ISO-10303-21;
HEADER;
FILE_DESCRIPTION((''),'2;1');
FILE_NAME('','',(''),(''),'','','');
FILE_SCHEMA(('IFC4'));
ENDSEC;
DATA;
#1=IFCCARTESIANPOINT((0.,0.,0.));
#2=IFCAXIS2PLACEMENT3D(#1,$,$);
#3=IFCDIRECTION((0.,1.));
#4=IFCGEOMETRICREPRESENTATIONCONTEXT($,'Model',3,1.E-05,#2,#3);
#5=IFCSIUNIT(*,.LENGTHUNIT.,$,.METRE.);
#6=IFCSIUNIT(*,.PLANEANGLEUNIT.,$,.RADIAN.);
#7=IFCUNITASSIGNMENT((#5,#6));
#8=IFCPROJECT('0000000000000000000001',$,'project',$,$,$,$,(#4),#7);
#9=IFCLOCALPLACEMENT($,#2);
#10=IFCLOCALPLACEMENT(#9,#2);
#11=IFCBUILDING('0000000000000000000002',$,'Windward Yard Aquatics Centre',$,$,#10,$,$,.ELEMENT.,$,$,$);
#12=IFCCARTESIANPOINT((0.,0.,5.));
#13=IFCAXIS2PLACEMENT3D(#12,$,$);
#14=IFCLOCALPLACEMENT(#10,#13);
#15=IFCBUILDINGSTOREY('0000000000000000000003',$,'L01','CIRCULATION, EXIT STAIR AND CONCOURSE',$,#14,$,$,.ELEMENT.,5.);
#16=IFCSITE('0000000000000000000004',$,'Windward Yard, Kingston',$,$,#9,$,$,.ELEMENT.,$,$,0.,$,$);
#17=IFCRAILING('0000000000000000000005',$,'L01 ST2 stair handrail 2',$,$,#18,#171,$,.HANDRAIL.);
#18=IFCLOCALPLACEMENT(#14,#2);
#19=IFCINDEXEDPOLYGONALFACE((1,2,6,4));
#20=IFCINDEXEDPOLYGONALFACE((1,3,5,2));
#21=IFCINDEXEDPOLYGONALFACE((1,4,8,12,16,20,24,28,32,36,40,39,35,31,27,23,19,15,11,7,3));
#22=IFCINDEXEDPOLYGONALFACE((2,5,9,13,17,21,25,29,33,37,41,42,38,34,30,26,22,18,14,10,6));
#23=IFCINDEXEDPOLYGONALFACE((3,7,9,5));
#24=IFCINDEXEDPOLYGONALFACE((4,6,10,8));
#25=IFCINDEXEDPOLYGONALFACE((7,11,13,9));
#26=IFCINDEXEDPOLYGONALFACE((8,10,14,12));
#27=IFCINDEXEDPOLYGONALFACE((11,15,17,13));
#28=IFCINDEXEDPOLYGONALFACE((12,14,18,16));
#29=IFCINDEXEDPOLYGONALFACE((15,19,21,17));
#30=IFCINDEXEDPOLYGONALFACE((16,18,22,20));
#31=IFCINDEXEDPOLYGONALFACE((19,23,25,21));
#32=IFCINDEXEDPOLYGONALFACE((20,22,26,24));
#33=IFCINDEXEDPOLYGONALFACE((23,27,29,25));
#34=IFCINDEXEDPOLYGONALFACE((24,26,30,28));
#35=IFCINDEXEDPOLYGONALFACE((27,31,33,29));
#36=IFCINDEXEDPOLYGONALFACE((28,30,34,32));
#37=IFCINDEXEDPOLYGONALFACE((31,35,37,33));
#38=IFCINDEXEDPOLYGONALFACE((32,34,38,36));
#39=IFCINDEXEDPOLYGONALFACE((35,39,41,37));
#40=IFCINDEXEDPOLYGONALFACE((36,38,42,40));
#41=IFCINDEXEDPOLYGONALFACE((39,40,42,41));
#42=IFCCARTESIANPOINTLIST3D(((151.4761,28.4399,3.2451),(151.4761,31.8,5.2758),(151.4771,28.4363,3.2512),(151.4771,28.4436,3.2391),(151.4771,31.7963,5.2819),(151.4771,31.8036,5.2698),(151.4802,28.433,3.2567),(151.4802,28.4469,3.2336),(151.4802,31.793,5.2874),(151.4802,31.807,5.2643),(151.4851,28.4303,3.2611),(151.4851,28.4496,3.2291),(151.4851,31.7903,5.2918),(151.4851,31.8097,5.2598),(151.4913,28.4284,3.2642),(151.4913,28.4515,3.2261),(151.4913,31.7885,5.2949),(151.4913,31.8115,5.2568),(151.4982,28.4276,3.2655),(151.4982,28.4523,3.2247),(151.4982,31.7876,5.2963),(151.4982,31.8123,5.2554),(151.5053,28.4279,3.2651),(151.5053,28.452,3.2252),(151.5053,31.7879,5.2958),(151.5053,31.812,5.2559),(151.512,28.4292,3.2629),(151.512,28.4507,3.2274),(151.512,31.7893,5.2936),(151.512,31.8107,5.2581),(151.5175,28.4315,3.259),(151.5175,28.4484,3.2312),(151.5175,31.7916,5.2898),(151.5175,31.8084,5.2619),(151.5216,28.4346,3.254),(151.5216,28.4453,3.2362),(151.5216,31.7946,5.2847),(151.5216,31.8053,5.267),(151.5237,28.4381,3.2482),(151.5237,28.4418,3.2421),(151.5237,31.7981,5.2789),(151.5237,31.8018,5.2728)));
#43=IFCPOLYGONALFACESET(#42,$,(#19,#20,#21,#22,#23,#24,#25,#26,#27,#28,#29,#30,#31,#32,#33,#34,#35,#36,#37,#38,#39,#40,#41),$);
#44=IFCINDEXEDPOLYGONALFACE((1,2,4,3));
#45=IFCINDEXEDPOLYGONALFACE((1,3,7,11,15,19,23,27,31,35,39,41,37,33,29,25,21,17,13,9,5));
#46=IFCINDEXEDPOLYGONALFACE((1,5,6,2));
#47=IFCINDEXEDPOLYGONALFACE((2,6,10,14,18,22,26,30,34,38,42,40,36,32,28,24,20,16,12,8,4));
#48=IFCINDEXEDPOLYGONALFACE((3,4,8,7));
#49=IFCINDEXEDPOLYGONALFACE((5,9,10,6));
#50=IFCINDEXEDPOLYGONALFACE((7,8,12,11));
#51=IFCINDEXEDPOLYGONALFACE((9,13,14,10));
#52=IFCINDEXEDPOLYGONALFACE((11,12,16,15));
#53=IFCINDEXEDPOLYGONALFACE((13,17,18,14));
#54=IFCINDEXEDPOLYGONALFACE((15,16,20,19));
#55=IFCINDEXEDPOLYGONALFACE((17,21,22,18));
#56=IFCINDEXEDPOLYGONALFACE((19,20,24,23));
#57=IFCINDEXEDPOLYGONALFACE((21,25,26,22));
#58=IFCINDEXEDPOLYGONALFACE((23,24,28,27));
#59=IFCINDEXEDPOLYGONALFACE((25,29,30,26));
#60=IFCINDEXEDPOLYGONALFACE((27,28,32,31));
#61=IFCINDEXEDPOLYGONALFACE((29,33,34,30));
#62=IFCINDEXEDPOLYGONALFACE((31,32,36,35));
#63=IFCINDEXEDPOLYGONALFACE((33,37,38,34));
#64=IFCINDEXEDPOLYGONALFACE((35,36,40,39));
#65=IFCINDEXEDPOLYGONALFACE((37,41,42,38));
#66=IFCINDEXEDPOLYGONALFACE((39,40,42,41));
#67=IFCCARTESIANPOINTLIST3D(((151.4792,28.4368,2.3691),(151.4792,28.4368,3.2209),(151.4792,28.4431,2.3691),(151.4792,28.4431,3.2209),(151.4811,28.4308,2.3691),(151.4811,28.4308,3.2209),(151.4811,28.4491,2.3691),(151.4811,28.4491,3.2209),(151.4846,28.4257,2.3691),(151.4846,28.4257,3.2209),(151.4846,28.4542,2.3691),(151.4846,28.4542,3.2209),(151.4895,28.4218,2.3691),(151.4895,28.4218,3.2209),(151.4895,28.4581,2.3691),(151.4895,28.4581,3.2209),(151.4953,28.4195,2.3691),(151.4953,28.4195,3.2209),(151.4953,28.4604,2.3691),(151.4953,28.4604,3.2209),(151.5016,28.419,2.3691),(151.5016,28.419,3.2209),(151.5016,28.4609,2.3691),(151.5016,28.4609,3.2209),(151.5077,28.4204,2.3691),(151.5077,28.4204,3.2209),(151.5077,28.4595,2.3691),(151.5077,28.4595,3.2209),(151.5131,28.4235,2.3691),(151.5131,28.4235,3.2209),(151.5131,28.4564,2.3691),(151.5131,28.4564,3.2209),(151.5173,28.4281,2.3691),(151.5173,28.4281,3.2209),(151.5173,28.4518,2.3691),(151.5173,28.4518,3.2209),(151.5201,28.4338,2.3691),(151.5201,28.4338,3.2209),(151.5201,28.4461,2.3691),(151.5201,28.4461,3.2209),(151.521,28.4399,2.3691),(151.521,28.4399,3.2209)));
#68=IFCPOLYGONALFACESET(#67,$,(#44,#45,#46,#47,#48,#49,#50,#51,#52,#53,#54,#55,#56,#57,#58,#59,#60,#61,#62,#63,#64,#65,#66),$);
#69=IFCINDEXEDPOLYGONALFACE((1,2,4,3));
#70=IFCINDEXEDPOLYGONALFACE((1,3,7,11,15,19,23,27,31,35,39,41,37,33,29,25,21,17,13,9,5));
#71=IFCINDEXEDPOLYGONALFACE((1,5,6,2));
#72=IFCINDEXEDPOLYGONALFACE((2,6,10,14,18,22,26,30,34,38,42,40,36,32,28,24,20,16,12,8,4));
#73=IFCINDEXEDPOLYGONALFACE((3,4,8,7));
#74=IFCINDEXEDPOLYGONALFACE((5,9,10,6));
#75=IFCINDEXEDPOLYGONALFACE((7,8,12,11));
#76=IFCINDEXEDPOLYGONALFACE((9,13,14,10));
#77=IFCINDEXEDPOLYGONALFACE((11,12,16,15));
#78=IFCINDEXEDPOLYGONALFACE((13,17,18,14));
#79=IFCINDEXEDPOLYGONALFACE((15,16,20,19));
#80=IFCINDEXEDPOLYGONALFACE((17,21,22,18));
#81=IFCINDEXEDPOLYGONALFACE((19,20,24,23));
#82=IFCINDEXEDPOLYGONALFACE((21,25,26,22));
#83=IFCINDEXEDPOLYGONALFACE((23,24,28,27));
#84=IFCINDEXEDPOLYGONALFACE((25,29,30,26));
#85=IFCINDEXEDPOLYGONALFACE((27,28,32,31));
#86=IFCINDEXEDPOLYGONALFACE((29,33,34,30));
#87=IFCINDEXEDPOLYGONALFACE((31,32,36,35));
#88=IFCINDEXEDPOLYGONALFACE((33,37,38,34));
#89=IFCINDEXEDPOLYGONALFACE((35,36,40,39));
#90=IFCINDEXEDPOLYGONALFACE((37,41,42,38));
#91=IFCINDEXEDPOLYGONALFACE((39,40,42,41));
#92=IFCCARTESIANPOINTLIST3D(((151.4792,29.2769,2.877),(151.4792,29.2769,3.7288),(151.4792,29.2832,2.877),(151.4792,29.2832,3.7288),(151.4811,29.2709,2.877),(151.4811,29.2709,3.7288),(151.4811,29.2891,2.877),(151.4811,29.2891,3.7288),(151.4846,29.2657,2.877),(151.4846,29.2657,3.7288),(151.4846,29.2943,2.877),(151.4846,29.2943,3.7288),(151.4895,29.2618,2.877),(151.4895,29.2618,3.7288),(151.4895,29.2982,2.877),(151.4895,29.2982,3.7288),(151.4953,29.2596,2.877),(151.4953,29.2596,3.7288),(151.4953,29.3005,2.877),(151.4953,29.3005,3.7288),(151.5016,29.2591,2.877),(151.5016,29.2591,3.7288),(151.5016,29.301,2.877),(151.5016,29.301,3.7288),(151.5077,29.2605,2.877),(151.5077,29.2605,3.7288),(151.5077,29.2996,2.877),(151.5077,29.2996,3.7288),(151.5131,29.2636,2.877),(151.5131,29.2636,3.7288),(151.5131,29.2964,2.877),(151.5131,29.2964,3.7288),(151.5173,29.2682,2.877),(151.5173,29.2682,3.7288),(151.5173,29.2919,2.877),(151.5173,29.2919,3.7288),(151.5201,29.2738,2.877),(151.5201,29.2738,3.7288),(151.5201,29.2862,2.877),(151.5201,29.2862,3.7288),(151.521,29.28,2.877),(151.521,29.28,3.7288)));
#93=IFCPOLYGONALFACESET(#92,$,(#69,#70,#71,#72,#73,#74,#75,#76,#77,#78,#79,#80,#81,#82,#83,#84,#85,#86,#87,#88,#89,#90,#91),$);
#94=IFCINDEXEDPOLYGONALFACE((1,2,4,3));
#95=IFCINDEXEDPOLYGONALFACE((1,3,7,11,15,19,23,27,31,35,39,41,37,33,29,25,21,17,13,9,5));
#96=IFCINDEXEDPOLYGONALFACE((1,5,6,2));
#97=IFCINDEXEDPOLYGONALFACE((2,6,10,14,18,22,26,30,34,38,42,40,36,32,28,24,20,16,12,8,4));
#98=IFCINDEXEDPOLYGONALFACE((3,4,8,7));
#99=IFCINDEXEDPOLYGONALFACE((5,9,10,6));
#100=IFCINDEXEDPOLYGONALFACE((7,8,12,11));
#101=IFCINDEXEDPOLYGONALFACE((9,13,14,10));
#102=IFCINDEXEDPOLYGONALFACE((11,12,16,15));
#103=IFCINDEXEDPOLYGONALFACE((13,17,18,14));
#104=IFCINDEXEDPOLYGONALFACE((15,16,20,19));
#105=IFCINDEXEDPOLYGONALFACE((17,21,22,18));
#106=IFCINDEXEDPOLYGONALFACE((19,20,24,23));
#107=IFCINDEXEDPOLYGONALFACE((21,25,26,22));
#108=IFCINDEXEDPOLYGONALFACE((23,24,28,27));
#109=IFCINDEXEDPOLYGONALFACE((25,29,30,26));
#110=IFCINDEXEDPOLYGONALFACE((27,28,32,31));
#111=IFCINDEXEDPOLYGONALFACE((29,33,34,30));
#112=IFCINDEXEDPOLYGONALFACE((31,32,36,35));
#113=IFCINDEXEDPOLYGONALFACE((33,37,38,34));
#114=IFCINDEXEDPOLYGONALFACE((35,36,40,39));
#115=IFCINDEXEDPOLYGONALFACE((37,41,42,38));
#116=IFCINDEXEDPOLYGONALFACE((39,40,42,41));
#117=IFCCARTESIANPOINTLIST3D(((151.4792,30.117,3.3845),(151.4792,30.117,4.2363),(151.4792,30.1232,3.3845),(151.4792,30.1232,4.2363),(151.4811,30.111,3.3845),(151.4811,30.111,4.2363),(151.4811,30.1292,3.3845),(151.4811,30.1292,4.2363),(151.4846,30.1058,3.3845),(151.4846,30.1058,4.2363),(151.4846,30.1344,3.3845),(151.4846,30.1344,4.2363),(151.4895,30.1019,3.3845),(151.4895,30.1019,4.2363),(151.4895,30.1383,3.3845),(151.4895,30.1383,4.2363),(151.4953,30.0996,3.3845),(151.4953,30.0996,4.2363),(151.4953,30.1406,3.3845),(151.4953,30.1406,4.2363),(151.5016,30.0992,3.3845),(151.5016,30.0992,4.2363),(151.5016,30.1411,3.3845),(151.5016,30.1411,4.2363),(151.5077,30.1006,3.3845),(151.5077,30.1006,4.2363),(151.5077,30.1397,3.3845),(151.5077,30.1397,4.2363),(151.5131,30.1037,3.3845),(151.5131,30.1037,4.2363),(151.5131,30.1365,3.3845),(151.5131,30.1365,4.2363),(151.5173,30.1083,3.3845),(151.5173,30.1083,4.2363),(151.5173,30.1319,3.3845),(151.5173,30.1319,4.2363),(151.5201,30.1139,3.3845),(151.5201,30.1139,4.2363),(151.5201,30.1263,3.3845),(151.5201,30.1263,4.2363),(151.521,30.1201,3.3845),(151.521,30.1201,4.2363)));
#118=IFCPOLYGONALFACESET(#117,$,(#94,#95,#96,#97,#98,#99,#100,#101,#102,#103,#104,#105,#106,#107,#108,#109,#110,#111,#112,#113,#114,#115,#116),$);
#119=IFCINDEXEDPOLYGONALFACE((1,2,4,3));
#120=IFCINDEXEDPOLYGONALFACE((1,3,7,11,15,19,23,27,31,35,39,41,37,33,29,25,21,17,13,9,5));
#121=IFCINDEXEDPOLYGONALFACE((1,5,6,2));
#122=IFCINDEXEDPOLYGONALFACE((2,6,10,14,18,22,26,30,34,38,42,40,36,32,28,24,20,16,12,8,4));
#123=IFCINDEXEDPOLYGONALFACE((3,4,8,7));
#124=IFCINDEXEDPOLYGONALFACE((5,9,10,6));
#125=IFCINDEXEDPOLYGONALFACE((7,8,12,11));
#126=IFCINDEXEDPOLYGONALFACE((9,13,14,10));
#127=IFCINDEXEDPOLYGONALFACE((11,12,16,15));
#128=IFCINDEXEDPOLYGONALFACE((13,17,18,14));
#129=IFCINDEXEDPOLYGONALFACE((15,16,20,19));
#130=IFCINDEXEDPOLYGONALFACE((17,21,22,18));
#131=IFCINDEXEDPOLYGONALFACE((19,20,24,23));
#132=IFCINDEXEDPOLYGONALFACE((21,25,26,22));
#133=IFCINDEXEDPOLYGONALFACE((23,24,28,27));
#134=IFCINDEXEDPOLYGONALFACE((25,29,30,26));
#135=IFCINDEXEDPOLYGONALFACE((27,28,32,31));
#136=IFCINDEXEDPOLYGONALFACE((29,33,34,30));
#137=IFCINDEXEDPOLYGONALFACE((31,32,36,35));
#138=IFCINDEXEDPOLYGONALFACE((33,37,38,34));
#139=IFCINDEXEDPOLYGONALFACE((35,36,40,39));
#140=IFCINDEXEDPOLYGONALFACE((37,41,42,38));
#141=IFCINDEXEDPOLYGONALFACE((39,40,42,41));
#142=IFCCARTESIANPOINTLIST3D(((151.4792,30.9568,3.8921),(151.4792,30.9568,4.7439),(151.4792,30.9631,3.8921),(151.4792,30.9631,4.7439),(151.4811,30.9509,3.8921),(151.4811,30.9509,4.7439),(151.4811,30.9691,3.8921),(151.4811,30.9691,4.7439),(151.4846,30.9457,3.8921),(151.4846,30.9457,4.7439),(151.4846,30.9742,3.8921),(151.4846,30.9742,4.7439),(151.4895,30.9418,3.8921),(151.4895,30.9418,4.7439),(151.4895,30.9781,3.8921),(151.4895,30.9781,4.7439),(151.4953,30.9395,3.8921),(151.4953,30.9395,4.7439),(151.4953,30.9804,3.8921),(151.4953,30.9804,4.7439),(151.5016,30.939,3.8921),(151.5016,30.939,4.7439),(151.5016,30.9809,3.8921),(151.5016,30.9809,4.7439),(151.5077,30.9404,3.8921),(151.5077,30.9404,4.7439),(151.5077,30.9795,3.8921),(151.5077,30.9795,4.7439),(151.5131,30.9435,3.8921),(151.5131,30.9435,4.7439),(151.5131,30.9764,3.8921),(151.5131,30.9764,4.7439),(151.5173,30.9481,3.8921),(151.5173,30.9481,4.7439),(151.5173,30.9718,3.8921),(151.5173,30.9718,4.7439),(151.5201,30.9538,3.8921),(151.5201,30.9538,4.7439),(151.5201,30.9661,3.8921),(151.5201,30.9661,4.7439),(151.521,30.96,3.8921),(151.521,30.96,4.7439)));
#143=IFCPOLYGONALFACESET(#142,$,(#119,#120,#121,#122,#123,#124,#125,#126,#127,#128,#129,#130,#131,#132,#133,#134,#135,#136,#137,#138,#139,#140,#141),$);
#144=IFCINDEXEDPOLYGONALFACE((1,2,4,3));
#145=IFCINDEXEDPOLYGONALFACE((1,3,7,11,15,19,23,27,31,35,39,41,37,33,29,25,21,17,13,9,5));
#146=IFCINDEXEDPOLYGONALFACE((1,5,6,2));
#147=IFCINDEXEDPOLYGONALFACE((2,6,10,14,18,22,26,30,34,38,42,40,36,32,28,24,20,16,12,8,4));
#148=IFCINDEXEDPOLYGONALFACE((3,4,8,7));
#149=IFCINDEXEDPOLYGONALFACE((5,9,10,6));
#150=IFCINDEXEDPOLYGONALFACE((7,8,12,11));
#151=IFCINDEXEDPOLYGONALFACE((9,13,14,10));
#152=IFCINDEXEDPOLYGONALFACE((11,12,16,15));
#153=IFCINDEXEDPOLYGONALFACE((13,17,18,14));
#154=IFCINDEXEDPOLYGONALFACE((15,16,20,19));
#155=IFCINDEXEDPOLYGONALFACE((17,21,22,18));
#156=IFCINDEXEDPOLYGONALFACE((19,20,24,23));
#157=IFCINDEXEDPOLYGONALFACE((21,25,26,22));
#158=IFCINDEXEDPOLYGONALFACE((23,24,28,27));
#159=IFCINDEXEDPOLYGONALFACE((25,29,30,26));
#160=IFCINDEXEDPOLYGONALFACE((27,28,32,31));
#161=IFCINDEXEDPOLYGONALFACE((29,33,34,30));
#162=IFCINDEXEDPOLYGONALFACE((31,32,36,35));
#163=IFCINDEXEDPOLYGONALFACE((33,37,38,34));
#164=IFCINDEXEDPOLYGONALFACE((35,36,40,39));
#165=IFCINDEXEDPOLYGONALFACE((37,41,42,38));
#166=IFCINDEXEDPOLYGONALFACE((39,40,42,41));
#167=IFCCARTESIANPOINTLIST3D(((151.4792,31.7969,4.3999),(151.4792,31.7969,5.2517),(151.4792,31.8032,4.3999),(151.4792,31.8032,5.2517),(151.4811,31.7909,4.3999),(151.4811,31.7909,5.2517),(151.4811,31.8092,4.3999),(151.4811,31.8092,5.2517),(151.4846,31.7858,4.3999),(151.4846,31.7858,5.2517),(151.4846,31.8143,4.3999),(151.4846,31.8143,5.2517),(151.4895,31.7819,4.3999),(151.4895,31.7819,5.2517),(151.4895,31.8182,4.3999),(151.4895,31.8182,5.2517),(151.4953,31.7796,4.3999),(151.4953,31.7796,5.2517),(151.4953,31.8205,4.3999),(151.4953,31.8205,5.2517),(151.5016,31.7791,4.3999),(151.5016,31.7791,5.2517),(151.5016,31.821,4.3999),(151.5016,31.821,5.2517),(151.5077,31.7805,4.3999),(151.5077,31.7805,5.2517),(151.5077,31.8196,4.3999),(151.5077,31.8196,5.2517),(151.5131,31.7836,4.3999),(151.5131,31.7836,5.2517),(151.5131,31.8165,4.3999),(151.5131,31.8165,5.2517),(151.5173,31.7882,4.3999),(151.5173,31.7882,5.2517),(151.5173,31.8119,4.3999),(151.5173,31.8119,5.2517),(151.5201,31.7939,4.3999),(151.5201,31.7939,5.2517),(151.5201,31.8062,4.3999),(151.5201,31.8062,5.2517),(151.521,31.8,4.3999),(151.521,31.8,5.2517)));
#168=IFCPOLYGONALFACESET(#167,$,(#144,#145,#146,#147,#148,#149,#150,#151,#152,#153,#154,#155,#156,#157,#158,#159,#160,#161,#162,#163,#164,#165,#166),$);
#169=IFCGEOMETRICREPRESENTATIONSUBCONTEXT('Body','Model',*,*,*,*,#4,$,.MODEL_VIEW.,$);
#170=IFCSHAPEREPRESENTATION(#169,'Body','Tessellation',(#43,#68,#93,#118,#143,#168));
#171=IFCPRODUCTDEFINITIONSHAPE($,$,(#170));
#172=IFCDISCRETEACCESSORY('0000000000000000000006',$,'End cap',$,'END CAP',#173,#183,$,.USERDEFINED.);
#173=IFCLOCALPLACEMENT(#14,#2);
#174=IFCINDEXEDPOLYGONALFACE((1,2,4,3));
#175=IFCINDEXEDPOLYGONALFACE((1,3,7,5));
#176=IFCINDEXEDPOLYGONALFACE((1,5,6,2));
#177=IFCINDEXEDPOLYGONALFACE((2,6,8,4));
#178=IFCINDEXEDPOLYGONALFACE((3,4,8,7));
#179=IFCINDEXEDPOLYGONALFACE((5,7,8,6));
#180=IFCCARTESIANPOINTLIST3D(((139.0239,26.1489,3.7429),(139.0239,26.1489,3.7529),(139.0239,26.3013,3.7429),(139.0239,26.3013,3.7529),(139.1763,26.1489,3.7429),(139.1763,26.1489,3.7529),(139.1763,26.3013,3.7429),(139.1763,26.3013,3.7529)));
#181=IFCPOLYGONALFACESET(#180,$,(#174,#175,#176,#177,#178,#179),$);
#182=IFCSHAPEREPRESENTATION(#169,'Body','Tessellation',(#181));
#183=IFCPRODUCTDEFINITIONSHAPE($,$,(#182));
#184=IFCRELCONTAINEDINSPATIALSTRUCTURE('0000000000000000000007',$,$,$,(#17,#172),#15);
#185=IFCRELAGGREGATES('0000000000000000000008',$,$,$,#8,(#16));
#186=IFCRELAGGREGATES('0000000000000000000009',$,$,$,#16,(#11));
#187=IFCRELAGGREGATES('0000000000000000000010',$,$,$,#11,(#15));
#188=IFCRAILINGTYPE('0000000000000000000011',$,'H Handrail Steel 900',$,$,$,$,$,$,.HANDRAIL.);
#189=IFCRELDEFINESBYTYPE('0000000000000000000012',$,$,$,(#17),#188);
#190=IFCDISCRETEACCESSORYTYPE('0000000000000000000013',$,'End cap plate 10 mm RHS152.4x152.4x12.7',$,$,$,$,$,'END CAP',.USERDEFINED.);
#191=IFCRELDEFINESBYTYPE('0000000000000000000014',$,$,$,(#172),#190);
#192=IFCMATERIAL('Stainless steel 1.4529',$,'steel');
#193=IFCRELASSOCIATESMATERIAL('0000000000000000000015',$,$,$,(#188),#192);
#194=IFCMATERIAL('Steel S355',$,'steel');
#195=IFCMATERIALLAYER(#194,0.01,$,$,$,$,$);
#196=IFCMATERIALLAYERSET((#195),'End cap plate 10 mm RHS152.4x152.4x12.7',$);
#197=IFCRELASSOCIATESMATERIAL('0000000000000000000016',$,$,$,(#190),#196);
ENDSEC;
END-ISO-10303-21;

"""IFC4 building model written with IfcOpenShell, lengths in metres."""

from ifc_helpers import new_model, si_unit, direction, frame, origin, origin_2d, place, context, subcontext, project, spatial, rectangle, circle, extrude, material, layer, layer_set, type_object, element, save


model = new_model("IFC4")

# Units and contexts
model_context = context("Model", 3, precision=1e-05, world=origin(), true_north=direction((0.0, 1.0)))
body_context = subcontext(model_context, "Body", "Model", "MODEL_VIEW")
ifc_project = project(units=[si_unit("LENGTHUNIT", "METRE"), si_unit("PLANEANGLEUNIT", "RADIAN")], contexts=[model_context])

# Site, building, storey
site_placement = place(None, origin())
site = spatial("IfcSite", under=ifc_project, at=site_placement, Name="Windward Yard, Kingston", CompositionType="ELEMENT", RefElevation=0.0)
building_placement = place(site_placement, origin())
building = spatial("IfcBuilding", under=site, at=building_placement, Name="Windward Yard Aquatics Centre", CompositionType="ELEMENT")
storey_placement = place(building_placement, frame((0.0, 0.0, 5.0)))
storey = spatial("IfcBuildingStorey", under=building, at=storey_placement, Name="L01", Description="CIRCULATION, EXIT STAIR AND CONCOURSE", CompositionType="ELEMENT", Elevation=5.0)

# Railing
ifc_material_1 = material(Name="Stainless steel 1.4529", Category="steel")
railing_type_1 = type_object("IfcRailingType", Name="H Handrail Steel 900", PredefinedType="HANDRAIL", material=ifc_material_1)
railing_1_placement = place(storey_placement, frame((151.5, 28.4399, 2.3691)))
element("IfcRailing", 1, at=railing_1_placement, inside=storey, type_object=railing_type_1, Name="L01 ST2 stair handrail 2", PredefinedType="HANDRAIL", context=body_context, shape_type="SweptSolid", body=[
    extrude(circle(Radius=0.0239, at=origin_2d()), frame((0.0, 0.0, 0.876), z_axis=(0.0, 0.855837, 0.517246), x_axis=(-1.0, 0.0, 0.0)), (0.0, 0.0, 1.0), 3.926),
    extrude(circle(Radius=0.021, at=origin_2d()), origin(), (0.0, 0.0, 1.0), 0.8518),
    extrude(circle(Radius=0.021, at=origin_2d()), frame((0.0, 0.8401, 0.5078)), (0.0, 0.0, 1.0), 0.8518),
    extrude(circle(Radius=0.021, at=origin_2d()), frame((0.0, 1.6802, 1.0154)), (0.0, 0.0, 1.0), 0.8518),
    extrude(circle(Radius=0.021, at=origin_2d()), frame((0.0, 2.52, 1.5229)), (0.0, 0.0, 1.0), 0.8518),
    extrude(circle(Radius=0.021, at=origin_2d()), frame((0.0, 3.3601, 2.0308)), (0.0, 0.0, 1.0), 0.8518),
])

# Discrete accessory
ifc_material_2 = material(Name="Steel S355", Category="steel")
ifc_layer_1 = layer(ifc_material_2, 0.01)
ifc_layer_set_1 = layer_set([ifc_layer_1], Name="End cap plate 10 mm RHS152.4x152.4x12.7")
discrete_accessory_type = type_object("IfcDiscreteAccessoryType", Name="End cap plate 10 mm RHS152.4x152.4x12.7", ElementType="END CAP", PredefinedType="USERDEFINED", material=ifc_layer_set_1)
discrete_accessory_placement = place(storey_placement, frame((139.1001, 26.2251, 3.7429), z_axis=(0.0, 0.0, 1.0), x_axis=(1.0, 0.0, 0.0)))
element("IfcDiscreteAccessory", 2, at=discrete_accessory_placement, inside=storey, type_object=discrete_accessory_type, Name="End cap", ObjectType="END CAP", PredefinedType="USERDEFINED", context=body_context, shape_type="SweptSolid", body=[
    extrude(rectangle(XDim=0.1523, YDim=0.1523, at=origin_2d()), origin(), (0.0, 0.0, 1.0), 0.01),
])

save(model, "model.ifc")
